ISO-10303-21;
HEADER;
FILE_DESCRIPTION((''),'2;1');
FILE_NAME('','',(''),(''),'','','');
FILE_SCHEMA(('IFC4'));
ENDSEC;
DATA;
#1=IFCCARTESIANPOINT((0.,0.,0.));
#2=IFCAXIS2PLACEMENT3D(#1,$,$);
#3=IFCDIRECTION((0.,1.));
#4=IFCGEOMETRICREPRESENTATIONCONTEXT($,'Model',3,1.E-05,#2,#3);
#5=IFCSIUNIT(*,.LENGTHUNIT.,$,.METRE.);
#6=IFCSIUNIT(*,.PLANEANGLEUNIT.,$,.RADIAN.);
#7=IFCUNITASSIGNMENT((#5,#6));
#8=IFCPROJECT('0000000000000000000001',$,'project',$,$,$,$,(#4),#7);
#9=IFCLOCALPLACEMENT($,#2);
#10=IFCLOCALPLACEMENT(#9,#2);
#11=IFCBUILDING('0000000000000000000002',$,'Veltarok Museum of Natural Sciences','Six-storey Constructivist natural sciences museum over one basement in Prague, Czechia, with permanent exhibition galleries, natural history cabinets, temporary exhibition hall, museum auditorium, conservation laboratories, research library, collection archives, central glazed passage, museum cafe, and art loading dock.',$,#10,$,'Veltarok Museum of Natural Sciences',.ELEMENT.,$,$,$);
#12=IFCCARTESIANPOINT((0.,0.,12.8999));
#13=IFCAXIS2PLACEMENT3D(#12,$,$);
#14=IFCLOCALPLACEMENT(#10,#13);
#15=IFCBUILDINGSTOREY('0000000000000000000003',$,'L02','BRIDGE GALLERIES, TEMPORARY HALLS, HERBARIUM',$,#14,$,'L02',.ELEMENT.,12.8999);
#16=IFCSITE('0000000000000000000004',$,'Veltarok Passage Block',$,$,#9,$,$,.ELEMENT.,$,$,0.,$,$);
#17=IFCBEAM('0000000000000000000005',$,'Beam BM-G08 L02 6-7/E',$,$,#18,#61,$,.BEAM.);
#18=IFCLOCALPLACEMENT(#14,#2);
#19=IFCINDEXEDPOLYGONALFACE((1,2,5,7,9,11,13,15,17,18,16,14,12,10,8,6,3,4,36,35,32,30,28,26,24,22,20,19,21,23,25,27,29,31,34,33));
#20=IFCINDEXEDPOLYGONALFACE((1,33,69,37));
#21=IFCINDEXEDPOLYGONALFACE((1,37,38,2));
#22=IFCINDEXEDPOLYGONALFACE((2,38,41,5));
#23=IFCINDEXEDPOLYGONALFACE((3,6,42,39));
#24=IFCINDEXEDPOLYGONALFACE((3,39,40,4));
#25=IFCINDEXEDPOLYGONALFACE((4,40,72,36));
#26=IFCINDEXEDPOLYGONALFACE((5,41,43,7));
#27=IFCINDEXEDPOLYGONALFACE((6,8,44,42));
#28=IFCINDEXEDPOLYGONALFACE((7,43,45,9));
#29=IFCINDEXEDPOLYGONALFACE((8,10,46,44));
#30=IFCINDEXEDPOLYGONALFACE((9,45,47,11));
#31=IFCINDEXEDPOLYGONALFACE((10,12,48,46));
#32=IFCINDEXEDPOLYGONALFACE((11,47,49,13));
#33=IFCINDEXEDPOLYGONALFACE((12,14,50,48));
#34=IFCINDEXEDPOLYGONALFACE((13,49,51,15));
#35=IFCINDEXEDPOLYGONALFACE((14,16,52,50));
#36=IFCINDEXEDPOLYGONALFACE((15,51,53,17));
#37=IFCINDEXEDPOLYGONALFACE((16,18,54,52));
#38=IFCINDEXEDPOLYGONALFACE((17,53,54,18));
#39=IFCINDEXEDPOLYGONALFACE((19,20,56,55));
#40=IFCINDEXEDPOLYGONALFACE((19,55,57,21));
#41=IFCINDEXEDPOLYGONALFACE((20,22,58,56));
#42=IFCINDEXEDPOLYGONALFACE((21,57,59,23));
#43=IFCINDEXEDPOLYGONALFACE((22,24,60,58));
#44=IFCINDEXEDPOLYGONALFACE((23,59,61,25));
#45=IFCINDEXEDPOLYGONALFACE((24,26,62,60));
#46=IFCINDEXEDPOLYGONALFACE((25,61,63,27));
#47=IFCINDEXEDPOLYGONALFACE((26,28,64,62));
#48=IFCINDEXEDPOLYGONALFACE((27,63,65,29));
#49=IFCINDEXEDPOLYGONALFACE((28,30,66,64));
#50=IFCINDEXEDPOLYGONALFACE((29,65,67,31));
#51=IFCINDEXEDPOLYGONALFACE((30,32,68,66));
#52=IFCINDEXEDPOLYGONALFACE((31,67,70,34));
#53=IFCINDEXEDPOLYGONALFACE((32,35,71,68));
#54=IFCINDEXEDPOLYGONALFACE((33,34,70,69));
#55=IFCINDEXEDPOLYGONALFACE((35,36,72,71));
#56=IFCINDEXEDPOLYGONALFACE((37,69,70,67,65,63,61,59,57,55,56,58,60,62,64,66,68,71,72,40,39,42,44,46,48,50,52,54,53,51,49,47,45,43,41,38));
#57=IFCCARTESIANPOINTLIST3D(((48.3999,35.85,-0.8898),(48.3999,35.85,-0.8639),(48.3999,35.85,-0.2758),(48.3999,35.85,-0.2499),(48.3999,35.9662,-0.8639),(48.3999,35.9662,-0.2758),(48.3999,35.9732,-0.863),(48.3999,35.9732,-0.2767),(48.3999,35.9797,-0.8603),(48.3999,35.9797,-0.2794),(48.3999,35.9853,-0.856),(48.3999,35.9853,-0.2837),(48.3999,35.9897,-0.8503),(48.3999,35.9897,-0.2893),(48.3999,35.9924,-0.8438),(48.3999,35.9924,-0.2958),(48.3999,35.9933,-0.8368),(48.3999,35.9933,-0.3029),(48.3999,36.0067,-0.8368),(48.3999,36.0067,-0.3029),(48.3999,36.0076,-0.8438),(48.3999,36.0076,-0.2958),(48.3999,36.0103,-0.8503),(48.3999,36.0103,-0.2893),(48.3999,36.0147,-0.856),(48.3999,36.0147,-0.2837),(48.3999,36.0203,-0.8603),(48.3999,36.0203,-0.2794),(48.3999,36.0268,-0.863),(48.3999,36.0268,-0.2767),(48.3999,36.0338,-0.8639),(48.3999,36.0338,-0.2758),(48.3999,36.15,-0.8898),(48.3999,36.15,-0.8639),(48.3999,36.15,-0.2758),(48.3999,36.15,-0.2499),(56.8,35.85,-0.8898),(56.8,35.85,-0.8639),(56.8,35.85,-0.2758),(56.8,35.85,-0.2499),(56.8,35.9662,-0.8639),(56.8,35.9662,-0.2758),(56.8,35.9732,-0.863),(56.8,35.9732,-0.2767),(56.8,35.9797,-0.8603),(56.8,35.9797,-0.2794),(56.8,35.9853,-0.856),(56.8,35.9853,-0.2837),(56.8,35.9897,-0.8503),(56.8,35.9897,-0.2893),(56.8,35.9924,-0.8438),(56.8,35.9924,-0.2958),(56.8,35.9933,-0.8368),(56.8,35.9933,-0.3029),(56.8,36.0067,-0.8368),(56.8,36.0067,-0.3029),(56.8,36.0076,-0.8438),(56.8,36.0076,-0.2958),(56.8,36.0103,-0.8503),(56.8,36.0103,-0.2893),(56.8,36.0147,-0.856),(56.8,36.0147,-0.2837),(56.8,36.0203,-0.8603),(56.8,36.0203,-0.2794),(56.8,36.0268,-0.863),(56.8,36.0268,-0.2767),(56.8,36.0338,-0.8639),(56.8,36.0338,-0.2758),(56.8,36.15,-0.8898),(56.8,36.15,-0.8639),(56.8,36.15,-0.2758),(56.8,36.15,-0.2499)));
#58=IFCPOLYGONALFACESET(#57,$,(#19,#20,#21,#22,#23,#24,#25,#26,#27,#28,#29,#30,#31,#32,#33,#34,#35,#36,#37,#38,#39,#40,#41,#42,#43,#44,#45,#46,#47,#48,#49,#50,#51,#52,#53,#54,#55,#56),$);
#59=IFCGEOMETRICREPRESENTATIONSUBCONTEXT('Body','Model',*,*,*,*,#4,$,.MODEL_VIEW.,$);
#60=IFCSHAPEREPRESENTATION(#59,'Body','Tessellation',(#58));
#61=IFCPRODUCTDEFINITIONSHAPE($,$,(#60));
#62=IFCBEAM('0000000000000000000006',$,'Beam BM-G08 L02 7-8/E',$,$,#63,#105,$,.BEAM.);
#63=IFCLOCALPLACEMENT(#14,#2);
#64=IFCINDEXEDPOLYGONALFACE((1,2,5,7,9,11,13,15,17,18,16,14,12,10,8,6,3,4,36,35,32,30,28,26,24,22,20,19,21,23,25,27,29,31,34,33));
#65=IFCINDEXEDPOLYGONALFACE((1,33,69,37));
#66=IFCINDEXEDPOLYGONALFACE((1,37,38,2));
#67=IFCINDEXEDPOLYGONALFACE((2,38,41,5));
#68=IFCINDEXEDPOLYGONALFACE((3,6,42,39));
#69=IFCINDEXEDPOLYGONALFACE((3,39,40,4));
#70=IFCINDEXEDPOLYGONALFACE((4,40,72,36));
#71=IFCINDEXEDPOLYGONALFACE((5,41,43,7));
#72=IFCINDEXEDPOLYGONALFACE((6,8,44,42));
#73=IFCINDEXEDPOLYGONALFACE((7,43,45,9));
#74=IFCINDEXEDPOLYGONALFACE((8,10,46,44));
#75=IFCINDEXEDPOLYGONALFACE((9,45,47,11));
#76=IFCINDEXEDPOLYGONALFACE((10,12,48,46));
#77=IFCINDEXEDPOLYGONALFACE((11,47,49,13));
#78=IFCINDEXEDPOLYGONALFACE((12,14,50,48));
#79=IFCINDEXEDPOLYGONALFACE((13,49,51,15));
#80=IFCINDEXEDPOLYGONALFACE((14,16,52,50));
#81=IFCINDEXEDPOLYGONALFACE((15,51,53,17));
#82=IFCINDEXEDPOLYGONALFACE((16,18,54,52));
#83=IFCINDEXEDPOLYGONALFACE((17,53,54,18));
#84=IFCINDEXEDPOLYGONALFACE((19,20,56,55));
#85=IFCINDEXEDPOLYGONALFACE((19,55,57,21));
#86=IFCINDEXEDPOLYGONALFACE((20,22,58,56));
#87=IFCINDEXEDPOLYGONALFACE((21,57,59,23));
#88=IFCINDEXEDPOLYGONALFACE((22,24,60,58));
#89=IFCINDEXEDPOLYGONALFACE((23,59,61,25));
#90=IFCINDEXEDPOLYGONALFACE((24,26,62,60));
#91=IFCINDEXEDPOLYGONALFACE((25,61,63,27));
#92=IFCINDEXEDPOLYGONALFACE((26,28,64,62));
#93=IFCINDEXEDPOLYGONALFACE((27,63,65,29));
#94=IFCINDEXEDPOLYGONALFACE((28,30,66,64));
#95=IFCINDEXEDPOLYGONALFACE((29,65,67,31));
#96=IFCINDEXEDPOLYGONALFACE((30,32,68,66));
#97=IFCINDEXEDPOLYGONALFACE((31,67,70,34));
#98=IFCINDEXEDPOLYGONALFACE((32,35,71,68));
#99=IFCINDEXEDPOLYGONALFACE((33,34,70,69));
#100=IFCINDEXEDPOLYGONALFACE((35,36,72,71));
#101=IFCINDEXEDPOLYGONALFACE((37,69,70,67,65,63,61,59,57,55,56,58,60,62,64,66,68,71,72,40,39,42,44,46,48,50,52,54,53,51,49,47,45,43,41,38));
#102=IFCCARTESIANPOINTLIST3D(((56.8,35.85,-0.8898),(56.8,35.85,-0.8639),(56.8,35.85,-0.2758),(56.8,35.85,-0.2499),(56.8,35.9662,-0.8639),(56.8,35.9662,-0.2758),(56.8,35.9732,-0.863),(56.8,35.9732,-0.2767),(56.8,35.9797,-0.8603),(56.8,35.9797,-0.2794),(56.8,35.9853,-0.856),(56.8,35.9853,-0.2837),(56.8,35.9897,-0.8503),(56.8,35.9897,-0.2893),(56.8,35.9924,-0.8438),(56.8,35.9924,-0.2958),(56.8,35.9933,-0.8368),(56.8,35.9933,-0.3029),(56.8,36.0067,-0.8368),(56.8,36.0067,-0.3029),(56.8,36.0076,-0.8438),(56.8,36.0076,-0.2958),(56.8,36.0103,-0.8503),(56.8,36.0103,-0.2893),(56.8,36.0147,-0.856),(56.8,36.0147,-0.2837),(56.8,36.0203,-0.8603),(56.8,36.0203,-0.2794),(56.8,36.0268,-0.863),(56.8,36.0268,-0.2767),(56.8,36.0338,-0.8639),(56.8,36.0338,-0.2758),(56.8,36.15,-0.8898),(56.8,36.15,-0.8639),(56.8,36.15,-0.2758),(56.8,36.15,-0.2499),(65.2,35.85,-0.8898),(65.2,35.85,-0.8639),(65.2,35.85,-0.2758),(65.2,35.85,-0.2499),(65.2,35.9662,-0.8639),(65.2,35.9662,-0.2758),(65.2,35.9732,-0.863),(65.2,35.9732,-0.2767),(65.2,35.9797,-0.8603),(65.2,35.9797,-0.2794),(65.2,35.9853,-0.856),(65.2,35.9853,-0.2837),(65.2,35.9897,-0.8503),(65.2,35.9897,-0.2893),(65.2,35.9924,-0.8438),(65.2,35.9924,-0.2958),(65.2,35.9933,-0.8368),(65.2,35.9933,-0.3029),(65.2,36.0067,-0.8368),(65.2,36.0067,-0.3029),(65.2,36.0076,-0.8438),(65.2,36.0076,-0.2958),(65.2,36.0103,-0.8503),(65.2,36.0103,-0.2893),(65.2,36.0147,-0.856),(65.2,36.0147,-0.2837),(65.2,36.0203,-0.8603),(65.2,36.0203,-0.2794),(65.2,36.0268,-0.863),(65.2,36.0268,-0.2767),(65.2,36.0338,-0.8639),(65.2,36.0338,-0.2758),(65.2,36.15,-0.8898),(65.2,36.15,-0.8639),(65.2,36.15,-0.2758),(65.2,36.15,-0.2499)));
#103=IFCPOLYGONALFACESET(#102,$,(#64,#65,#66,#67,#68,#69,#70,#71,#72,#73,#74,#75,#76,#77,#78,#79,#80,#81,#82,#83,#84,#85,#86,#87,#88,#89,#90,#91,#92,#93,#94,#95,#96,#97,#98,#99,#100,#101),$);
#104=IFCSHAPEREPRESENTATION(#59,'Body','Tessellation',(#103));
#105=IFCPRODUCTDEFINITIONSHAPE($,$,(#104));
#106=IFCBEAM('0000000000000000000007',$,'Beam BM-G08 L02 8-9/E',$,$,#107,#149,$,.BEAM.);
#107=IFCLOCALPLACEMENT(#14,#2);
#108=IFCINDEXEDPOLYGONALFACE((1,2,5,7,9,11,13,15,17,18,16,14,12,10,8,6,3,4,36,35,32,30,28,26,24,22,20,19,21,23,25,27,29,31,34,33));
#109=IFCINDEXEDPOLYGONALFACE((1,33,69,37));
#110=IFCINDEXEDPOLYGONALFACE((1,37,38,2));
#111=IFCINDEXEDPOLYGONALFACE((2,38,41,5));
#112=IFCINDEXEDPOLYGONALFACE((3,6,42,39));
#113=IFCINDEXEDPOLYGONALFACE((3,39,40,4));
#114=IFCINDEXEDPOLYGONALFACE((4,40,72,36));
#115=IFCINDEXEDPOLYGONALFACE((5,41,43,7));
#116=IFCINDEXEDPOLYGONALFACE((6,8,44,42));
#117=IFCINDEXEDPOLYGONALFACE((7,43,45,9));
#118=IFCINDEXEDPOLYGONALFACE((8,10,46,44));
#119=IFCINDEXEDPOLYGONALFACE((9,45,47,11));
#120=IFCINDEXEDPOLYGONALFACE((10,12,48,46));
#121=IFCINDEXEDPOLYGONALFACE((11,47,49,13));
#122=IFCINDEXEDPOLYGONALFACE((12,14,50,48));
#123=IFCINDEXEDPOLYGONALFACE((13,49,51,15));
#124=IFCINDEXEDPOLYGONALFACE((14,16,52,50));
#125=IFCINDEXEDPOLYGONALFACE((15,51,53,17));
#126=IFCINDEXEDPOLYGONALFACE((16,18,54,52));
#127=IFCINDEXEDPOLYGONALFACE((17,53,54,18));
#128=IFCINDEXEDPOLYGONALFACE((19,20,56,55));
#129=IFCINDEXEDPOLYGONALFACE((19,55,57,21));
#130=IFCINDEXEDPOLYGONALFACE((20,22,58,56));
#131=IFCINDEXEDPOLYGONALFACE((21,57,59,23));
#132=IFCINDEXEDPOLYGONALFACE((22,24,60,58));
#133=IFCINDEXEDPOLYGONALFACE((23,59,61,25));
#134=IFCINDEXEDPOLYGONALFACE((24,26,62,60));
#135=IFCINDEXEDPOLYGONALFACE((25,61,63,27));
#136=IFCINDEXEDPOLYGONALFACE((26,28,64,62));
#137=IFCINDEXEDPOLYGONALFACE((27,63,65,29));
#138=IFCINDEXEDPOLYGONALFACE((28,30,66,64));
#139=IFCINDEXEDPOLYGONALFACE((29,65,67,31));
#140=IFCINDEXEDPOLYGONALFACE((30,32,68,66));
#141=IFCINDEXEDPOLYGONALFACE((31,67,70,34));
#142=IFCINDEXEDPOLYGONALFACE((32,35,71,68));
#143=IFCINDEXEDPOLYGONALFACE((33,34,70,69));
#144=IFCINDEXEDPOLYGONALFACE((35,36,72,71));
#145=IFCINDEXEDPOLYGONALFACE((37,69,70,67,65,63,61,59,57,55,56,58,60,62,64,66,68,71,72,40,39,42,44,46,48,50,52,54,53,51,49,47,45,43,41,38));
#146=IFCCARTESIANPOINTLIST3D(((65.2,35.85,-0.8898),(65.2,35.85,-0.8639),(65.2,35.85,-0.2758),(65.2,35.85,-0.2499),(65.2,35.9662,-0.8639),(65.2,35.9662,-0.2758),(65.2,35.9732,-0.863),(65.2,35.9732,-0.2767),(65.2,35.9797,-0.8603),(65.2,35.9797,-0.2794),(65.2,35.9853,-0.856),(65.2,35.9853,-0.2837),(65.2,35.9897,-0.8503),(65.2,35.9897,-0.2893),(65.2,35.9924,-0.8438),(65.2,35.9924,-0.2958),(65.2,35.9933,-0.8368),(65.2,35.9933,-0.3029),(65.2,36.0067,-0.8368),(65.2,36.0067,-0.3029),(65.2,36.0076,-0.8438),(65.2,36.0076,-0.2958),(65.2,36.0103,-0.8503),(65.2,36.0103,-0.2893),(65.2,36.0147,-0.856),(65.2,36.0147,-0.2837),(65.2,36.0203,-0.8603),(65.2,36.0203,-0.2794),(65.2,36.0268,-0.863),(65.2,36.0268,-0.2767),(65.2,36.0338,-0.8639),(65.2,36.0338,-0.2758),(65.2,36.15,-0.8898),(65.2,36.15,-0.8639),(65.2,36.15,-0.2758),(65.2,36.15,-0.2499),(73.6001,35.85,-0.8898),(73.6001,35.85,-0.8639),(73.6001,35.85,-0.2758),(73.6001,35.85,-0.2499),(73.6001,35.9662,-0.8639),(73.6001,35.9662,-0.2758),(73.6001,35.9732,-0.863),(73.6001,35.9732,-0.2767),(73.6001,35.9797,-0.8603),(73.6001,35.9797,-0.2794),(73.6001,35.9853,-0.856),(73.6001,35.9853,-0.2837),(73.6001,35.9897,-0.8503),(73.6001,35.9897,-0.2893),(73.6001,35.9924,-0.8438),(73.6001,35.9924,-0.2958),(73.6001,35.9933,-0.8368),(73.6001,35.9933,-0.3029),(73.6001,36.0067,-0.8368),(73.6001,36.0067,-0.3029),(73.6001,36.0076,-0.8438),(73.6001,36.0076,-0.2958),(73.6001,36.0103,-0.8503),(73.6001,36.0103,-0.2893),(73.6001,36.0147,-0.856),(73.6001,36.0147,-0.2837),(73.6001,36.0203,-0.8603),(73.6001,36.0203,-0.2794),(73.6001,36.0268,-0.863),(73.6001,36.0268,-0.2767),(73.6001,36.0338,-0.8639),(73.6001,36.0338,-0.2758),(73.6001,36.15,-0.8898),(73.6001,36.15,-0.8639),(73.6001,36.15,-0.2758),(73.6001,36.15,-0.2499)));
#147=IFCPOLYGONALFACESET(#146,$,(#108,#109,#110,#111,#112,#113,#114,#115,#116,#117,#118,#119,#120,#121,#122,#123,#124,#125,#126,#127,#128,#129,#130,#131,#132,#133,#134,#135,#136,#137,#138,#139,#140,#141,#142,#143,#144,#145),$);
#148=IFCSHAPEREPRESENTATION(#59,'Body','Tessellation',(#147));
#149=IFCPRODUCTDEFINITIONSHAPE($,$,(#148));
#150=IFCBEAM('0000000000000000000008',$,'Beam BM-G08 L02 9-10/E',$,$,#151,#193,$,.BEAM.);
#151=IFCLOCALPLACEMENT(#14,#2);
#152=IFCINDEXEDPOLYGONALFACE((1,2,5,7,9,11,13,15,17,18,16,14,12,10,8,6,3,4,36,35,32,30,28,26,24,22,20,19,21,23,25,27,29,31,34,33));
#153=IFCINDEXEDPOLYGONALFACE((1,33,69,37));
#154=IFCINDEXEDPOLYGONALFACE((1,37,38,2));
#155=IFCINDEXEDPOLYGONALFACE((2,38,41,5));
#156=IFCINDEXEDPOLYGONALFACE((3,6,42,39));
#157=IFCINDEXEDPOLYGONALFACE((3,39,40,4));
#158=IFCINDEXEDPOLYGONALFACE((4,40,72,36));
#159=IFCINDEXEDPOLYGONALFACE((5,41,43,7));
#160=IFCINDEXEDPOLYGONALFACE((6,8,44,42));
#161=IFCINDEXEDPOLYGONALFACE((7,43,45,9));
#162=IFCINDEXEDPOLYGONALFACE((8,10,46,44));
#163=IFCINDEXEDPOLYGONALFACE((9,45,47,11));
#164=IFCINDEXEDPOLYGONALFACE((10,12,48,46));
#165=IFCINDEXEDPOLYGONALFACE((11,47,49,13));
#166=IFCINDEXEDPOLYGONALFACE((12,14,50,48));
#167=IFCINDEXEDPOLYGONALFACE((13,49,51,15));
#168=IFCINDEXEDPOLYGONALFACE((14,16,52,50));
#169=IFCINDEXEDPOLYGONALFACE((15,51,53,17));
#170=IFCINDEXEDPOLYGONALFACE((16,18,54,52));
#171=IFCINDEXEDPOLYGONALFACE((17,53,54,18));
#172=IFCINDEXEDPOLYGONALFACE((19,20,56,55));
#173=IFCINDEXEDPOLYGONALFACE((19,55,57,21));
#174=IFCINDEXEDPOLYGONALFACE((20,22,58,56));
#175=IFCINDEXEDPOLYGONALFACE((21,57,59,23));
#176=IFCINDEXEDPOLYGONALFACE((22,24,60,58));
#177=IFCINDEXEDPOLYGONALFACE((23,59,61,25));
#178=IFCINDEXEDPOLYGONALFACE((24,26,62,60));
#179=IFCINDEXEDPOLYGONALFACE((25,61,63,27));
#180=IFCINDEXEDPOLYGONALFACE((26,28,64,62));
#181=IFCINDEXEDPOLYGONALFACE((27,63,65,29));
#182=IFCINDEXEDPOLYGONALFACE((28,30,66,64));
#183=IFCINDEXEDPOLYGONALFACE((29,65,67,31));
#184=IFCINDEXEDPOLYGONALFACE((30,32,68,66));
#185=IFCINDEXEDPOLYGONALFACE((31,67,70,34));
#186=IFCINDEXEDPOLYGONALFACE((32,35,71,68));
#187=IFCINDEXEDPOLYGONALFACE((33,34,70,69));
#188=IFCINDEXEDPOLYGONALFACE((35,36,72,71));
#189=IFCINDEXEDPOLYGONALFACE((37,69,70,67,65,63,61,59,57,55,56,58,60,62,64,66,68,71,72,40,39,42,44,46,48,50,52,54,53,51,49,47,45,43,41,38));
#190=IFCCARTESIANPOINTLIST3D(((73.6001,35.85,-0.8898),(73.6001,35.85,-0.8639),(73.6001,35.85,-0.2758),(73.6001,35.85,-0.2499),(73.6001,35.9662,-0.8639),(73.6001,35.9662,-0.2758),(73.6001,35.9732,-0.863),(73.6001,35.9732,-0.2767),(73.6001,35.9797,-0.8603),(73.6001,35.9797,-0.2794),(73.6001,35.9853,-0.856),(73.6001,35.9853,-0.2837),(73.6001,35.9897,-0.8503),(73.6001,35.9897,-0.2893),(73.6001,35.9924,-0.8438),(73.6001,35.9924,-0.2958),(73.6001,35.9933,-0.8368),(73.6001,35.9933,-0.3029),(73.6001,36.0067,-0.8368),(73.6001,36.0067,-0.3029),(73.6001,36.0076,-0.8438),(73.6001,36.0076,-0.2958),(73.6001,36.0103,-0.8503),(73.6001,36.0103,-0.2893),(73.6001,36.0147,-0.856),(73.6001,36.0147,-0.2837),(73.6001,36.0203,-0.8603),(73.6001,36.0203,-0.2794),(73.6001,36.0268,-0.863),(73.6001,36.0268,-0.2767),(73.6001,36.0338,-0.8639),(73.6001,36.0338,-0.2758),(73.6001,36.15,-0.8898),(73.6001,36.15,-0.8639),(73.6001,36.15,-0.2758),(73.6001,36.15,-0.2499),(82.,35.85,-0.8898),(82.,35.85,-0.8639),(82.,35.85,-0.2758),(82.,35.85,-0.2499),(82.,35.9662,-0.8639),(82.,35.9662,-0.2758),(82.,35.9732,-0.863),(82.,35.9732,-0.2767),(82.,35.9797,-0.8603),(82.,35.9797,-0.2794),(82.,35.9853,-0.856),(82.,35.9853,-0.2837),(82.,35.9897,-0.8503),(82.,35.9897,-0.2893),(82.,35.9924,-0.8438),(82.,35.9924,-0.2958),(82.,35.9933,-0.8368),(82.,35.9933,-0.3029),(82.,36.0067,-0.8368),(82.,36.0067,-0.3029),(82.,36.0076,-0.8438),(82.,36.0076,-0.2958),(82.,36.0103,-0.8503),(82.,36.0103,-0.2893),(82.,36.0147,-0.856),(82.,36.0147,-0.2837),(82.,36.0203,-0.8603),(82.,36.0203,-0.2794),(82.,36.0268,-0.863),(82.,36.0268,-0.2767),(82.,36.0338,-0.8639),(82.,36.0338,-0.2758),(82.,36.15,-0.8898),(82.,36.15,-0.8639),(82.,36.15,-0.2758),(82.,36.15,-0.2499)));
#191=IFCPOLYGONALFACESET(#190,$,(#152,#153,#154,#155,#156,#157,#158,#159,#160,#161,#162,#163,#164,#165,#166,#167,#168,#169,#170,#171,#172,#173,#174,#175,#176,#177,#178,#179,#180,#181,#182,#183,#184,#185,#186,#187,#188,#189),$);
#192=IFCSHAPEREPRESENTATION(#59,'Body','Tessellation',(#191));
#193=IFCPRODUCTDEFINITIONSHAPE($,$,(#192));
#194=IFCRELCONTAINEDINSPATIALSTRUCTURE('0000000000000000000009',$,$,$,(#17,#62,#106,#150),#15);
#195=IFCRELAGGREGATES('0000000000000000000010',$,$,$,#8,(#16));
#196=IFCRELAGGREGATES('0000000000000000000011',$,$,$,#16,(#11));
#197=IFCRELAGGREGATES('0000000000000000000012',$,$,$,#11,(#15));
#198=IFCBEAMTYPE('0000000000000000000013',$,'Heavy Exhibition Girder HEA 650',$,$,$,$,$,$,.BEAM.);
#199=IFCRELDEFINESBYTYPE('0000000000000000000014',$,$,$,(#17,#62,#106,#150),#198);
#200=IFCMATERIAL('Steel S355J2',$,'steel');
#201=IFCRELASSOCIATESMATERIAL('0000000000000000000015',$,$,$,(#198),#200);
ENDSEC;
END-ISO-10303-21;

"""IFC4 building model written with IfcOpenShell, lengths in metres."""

from ifc_helpers import new_model, si_unit, direction, frame, origin, origin_2d, place, context, subcontext, project, spatial, i_section, extrude, material, material_profile, profile_set, type_object, element, save


model = new_model("IFC4")

# Units and contexts
model_context = context("Model", 3, precision=1e-05, world=origin(), true_north=direction((0.0, 1.0)))
body_context = subcontext(model_context, "Body", "Model", "MODEL_VIEW")
ifc_project = project(units=[si_unit("LENGTHUNIT", "METRE"), si_unit("PLANEANGLEUNIT", "RADIAN")], contexts=[model_context])

# Site, building, storey
site_placement = place(None, origin())
site = spatial("IfcSite", under=ifc_project, at=site_placement, Name="Veltarok Passage Block", CompositionType="ELEMENT", RefElevation=0.0)
building_placement = place(site_placement, origin())
building = spatial("IfcBuilding", under=site, at=building_placement, Name="Veltarok Museum of Natural Sciences", Description="Six-storey Constructivist natural sciences museum over one basement in Prague, Czechia, with permanent exhibition galleries, natural history cabinets, temporary exhibition hall, museum auditorium, conservation laboratories, research library, collection archives, central glazed passage, museum cafe, and art loading dock.", LongName="Veltarok Museum of Natural Sciences", CompositionType="ELEMENT")
storey_placement = place(building_placement, frame((0.0, 0.0, 12.8999)))
storey = spatial("IfcBuildingStorey", under=building, at=storey_placement, Name="L02", Description="BRIDGE GALLERIES, TEMPORARY HALLS, HERBARIUM", LongName="L02", CompositionType="ELEMENT", Elevation=12.8999)

# Shared definitions
ifc_material_1 = material(Name="Steel S355J2", Category="steel")

# Beams
ifc_material_profile_1 = material_profile(ifc_material_1, i_section(OverallWidth=0.3, OverallDepth=0.6399, WebThickness=0.0134, FlangeThickness=0.0259, FilletRadius=0.0271, at=origin_2d()), Name="HEA 650")
ifc_profile_set_1 = profile_set([ifc_material_profile_1], Name="Steel S355J2")
beam_type_1 = type_object("IfcBeamType", Name="Heavy Exhibition Girder HEA 650", PredefinedType="BEAM", material=ifc_profile_set_1)
beam_1_placement = place(storey_placement, frame((48.3999, 36.0, -0.5698), z_axis=(1.0, 0.0, 0.0), x_axis=(0.0, 1.0, 0.0)))
element("IfcBeam", 1, at=beam_1_placement, inside=storey, type_object=beam_type_1, Name="Beam BM-G08 L02 6-7/E", PredefinedType="BEAM", context=body_context, shape_type="SweptSolid", body=[
    extrude(i_section(OverallWidth=0.3, OverallDepth=0.6399, WebThickness=0.0134, FlangeThickness=0.0259, FilletRadius=0.0271, at=origin_2d()), origin(), (0.0, 0.0, 1.0), 8.4001),
])
beam_2_placement = place(storey_placement, frame((56.8, 36.0, -0.5698), z_axis=(1.0, 0.0, 0.0), x_axis=(0.0, 1.0, 0.0)))
element("IfcBeam", 2, at=beam_2_placement, inside=storey, type_object=beam_type_1, Name="Beam BM-G08 L02 7-8/E", PredefinedType="BEAM", context=body_context, shape_type="SweptSolid", body=[
    extrude(i_section(OverallWidth=0.3, OverallDepth=0.6399, WebThickness=0.0134, FlangeThickness=0.0259, FilletRadius=0.0271, at=origin_2d()), origin(), (0.0, 0.0, 1.0), 8.3999),
])
beam_3_placement = place(storey_placement, frame((65.2, 36.0, -0.5698), z_axis=(1.0, 0.0, 0.0), x_axis=(0.0, 1.0, 0.0)))
element("IfcBeam", 3, at=beam_3_placement, inside=storey, type_object=beam_type_1, Name="Beam BM-G08 L02 8-9/E", PredefinedType="BEAM", context=body_context, shape_type="SweptSolid", body=[
    extrude(i_section(OverallWidth=0.3, OverallDepth=0.6399, WebThickness=0.0134, FlangeThickness=0.0259, FilletRadius=0.0271, at=origin_2d()), origin(), (0.0, 0.0, 1.0), 8.4001),
])
beam_4_placement = place(storey_placement, frame((73.6001, 36.0, -0.5698), z_axis=(1.0, 0.0, 0.0), x_axis=(0.0, 1.0, 0.0)))
element("IfcBeam", 4, at=beam_4_placement, inside=storey, type_object=beam_type_1, Name="Beam BM-G08 L02 9-10/E", PredefinedType="BEAM", context=body_context, shape_type="SweptSolid", body=[
    extrude(i_section(OverallWidth=0.3, OverallDepth=0.6399, WebThickness=0.0134, FlangeThickness=0.0259, FilletRadius=0.0271, at=origin_2d()), origin(), (0.0, 0.0, 1.0), 8.3999),
])

save(model, "model.ifc")
